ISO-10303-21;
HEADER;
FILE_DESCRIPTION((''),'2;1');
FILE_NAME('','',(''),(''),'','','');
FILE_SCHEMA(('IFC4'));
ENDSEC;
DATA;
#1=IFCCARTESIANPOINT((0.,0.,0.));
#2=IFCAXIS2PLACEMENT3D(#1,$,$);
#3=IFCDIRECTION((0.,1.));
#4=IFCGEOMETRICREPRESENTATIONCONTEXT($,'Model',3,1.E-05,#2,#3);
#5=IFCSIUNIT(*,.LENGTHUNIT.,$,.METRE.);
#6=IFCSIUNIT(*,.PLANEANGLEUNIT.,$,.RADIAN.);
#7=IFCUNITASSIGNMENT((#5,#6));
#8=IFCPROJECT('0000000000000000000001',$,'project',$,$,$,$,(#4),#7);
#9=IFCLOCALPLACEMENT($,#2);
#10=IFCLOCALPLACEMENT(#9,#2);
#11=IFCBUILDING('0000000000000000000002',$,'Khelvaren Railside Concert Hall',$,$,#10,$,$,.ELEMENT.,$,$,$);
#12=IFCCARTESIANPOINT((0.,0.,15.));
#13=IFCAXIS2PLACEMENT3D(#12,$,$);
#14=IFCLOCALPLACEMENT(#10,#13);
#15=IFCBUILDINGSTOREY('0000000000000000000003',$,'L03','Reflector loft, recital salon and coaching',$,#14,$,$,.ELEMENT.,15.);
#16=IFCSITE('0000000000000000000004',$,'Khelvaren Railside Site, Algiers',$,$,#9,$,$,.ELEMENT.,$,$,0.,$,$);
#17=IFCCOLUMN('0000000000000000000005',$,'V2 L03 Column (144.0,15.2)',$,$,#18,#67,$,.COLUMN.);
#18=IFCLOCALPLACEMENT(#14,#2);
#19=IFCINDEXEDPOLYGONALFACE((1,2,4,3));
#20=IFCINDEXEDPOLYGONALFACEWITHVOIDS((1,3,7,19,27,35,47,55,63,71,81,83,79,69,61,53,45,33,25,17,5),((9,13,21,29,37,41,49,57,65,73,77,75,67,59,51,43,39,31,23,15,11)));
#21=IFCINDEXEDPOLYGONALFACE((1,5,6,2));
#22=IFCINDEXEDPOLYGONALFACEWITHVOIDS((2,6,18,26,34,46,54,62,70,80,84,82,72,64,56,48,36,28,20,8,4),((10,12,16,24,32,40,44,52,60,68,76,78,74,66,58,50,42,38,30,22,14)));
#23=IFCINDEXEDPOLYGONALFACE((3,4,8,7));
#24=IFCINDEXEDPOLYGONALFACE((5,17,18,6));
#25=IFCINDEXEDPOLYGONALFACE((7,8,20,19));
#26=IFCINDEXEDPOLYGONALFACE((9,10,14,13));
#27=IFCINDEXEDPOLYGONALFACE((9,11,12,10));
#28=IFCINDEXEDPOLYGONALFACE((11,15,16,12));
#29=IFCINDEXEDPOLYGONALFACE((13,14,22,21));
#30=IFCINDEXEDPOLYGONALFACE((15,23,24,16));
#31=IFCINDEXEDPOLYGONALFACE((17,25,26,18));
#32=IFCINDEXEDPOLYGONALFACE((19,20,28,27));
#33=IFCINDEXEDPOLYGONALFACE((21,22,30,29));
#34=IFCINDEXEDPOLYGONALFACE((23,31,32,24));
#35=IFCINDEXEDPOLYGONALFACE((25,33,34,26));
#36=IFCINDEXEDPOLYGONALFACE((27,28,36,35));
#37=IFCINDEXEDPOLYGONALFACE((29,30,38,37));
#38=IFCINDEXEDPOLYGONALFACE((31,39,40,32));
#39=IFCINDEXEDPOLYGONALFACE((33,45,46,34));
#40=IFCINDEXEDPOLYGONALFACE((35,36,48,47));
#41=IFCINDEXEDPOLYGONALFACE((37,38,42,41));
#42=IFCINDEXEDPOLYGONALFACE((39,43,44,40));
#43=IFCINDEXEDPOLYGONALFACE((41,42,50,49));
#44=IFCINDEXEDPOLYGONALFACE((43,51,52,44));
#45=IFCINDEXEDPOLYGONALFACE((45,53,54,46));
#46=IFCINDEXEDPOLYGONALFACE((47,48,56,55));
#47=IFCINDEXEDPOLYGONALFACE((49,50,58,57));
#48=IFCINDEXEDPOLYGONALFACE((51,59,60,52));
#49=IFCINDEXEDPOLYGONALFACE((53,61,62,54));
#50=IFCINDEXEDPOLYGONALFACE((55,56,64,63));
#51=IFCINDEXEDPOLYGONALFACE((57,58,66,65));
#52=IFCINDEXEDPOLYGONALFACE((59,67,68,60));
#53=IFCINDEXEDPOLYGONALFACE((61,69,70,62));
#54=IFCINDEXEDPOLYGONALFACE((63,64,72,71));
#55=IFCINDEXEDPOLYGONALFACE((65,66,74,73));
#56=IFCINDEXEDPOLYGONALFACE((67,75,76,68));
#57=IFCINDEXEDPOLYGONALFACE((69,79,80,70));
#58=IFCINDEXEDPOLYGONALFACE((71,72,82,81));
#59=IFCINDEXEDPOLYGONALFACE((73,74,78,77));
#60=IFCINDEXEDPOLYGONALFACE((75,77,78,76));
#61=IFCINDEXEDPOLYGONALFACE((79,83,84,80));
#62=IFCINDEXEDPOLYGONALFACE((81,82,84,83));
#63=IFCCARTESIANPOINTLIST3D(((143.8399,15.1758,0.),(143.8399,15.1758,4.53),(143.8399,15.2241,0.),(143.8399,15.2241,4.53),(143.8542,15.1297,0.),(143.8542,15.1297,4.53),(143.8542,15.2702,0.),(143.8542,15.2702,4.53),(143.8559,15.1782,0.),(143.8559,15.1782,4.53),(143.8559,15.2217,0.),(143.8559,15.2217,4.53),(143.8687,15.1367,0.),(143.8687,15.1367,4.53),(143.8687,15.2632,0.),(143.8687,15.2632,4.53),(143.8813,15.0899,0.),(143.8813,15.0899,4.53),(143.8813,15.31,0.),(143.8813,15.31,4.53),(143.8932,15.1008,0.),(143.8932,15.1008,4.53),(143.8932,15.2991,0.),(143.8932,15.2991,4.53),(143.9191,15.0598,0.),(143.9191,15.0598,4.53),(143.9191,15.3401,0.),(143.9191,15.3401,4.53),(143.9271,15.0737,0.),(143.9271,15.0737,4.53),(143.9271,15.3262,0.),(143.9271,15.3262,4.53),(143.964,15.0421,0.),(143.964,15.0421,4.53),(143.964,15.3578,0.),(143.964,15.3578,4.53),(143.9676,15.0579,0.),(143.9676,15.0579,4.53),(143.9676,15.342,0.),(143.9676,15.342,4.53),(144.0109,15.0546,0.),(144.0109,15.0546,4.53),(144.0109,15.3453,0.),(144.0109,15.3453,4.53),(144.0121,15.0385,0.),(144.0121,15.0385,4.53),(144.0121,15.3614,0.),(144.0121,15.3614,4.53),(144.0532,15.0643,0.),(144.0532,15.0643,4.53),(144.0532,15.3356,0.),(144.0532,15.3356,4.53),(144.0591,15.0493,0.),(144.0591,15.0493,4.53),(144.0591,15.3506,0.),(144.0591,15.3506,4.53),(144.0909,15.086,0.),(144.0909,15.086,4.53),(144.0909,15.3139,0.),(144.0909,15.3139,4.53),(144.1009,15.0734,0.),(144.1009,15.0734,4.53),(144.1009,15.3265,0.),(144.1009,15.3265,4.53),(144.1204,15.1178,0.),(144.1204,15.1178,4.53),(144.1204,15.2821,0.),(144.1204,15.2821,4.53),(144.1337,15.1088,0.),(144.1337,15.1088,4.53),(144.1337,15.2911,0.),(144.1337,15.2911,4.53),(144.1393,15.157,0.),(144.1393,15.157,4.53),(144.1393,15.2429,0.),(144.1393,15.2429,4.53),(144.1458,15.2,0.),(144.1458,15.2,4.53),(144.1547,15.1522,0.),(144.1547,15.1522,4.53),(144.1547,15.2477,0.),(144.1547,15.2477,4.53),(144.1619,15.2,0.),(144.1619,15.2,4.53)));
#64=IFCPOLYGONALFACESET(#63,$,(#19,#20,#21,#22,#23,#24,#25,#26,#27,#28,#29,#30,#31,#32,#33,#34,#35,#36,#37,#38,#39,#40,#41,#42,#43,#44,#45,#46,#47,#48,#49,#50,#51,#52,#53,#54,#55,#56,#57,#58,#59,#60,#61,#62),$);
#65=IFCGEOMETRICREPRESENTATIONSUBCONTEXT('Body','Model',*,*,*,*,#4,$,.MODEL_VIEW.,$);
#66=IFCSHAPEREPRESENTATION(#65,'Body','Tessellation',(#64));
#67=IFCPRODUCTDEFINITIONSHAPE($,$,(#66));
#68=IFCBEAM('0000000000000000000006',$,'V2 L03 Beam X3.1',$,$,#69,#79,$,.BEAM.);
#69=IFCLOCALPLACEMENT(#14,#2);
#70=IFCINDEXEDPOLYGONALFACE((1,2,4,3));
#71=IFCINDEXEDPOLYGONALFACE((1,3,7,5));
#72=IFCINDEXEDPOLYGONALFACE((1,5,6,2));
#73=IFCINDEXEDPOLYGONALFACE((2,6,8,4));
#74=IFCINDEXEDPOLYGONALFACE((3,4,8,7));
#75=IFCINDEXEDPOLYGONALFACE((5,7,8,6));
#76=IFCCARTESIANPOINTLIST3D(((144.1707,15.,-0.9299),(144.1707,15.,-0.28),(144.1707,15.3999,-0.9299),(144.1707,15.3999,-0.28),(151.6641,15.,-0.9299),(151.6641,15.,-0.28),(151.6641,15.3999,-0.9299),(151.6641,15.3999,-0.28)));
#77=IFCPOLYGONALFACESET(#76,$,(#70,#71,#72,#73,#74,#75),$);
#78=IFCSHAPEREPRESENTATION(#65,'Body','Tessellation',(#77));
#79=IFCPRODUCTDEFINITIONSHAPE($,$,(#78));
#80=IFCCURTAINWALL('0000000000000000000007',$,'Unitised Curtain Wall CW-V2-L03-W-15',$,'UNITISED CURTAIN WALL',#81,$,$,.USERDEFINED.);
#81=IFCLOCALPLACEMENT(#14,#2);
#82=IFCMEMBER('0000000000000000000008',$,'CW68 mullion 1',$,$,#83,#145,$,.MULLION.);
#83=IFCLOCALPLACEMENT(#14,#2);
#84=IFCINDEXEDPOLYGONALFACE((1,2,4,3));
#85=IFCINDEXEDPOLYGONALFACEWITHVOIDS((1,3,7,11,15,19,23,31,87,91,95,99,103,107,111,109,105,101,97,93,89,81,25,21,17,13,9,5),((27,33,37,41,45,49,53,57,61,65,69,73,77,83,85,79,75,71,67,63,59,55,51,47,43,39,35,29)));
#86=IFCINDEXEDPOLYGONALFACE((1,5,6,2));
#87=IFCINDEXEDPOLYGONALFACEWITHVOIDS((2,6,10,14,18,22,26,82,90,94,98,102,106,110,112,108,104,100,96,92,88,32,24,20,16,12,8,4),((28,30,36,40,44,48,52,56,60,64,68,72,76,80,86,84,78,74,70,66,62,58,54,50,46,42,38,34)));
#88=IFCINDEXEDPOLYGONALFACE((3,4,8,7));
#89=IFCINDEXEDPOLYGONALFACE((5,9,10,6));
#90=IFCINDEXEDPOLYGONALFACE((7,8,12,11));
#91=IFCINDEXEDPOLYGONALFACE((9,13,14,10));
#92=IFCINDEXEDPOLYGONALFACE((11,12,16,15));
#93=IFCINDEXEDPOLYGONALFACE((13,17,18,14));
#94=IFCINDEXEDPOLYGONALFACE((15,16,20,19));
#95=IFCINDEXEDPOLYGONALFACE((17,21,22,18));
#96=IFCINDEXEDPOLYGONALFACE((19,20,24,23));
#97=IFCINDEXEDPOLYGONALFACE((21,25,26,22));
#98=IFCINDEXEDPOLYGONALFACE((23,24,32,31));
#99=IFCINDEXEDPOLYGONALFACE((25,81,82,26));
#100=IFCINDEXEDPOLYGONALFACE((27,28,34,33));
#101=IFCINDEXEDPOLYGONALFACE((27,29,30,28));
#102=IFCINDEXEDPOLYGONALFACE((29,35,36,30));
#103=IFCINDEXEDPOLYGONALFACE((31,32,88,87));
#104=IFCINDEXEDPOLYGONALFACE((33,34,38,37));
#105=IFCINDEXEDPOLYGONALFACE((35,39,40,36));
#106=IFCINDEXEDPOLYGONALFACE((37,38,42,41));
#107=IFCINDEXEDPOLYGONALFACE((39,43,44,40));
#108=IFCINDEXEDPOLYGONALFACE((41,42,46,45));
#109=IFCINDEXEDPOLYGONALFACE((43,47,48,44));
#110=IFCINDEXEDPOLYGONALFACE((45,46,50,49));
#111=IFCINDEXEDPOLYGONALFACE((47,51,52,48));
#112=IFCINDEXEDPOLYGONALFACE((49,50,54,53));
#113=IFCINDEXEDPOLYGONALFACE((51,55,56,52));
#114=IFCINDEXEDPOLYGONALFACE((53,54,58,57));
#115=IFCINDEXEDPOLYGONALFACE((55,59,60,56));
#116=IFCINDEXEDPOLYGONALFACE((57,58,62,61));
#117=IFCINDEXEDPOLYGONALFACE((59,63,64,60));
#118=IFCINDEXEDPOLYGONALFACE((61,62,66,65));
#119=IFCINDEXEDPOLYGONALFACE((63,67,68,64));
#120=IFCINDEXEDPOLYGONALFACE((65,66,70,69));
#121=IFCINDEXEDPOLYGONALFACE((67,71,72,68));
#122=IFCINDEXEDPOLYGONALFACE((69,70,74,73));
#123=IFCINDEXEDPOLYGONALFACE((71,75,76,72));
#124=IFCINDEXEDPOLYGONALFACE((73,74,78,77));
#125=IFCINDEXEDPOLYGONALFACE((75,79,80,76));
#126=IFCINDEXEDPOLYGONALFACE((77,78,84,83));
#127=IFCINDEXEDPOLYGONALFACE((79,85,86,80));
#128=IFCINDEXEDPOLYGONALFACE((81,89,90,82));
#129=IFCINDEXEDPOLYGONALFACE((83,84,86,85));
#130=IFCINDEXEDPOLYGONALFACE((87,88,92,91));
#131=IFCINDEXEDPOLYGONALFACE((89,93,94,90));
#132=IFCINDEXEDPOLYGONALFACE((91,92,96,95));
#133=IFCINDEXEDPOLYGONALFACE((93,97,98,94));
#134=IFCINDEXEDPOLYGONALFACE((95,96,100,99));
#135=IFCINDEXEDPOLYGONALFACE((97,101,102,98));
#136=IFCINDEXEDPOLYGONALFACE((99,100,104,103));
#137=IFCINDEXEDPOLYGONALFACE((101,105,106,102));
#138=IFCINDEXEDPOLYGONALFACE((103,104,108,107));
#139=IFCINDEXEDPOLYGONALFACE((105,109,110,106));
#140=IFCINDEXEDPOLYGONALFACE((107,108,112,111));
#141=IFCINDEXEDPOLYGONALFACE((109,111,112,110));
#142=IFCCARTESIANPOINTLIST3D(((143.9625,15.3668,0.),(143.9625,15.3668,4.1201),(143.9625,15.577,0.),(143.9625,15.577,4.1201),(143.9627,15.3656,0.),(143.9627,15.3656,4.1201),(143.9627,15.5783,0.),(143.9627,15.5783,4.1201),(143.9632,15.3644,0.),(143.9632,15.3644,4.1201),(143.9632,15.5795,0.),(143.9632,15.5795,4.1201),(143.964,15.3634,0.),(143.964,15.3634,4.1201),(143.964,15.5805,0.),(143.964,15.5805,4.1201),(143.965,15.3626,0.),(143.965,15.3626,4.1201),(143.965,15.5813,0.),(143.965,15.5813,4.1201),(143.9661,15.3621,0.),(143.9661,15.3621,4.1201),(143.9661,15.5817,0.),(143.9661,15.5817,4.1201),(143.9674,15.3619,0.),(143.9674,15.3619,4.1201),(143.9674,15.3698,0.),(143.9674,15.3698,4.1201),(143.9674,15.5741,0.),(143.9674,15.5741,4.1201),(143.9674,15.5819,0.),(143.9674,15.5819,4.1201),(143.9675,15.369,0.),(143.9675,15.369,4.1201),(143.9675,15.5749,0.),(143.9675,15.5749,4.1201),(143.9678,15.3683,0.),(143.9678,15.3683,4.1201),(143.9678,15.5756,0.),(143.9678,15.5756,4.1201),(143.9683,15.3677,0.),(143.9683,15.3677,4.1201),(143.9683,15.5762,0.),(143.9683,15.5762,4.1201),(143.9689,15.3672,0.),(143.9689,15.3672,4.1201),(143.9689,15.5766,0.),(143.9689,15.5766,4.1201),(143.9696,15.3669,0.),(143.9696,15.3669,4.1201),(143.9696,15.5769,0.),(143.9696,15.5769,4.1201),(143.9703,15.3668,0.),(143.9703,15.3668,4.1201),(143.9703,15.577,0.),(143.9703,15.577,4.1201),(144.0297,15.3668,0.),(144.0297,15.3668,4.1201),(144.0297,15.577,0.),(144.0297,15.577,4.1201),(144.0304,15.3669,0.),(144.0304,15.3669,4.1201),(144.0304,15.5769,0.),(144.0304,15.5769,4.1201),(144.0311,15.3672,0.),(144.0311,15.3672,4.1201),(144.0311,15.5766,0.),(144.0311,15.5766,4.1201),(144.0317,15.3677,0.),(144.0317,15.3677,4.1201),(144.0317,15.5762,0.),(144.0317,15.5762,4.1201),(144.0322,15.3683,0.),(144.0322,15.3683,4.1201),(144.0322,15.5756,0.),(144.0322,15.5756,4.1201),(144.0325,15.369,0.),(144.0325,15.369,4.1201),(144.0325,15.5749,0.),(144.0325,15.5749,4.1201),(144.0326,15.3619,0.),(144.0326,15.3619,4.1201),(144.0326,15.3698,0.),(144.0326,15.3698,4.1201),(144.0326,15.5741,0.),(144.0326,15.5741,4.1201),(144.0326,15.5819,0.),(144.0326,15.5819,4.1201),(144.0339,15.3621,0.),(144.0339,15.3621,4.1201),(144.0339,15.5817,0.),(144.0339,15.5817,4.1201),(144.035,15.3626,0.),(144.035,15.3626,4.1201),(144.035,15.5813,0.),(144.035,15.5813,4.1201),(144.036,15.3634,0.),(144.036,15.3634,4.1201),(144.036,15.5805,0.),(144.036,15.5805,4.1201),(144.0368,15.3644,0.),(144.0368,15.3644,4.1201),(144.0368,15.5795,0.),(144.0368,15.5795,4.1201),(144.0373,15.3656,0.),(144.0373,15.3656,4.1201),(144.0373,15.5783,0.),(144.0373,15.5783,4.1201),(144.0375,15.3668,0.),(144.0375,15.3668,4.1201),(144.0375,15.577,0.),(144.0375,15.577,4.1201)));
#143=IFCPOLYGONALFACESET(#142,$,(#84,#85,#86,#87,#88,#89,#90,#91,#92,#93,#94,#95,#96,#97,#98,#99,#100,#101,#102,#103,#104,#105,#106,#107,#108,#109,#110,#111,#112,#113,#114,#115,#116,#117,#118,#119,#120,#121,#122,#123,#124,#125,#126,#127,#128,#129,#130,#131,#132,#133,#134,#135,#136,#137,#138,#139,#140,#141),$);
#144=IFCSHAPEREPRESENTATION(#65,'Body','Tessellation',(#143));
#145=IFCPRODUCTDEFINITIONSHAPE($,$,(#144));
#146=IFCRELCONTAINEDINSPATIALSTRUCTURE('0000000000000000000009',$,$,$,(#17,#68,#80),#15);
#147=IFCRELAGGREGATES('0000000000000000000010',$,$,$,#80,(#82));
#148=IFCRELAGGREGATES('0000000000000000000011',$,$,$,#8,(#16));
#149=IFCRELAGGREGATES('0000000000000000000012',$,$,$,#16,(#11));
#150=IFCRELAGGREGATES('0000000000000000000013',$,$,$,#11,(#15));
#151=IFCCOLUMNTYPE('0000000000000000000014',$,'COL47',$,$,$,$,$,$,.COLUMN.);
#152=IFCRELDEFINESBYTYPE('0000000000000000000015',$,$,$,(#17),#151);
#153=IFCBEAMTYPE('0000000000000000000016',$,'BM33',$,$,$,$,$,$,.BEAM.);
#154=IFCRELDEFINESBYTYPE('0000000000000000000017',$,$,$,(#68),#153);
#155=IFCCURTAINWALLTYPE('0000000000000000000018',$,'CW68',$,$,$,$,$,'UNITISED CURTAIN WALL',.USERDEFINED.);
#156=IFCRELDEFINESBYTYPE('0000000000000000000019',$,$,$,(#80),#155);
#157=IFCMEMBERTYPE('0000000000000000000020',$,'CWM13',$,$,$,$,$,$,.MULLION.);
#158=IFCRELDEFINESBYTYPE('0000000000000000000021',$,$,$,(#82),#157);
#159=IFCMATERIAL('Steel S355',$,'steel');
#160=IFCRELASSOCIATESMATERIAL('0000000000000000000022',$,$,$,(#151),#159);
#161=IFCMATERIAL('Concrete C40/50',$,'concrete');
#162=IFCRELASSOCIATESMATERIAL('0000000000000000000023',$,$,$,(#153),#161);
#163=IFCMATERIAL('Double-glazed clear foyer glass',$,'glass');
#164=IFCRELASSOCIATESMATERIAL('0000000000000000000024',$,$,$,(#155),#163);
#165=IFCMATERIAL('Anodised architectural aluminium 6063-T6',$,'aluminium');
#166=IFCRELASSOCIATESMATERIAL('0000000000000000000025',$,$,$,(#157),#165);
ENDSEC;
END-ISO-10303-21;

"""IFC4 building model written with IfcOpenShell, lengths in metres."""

from ifc_helpers import new_model, si_unit, direction, frame, origin, origin_2d, place, context, subcontext, project, spatial, rectangle, hollow_rectangle, hollow_circle, extrude, material, material_profile, profile_set, type_object, element, aggregate, save


model = new_model("IFC4")

# Units and contexts
model_context = context("Model", 3, precision=1e-05, world=origin(), true_north=direction((0.0, 1.0)))
body_context = subcontext(model_context, "Body", "Model", "MODEL_VIEW")
ifc_project = project(units=[si_unit("LENGTHUNIT", "METRE"), si_unit("PLANEANGLEUNIT", "RADIAN")], contexts=[model_context])

# Site, building, storey
site_placement = place(None, origin())
site = spatial("IfcSite", under=ifc_project, at=site_placement, Name="Khelvaren Railside Site, Algiers", CompositionType="ELEMENT", RefElevation=0.0)
building_placement = place(site_placement, origin())
building = spatial("IfcBuilding", under=site, at=building_placement, Name="Khelvaren Railside Concert Hall", CompositionType="ELEMENT")
storey_placement = place(building_placement, frame((0.0, 0.0, 15.0)))
storey = spatial("IfcBuildingStorey", under=building, at=storey_placement, Name="L03", Description="Reflector loft, recital salon and coaching", CompositionType="ELEMENT", Elevation=15.0)

# Column
ifc_material_1 = material(Name="Steel S355", Category="steel")
ifc_material_profile_1 = material_profile(ifc_material_1, hollow_circle(Radius=0.1619, WallThickness=0.0161, at=origin_2d()), Name="CHS 323.9x16")
ifc_profile_set_1 = profile_set([ifc_material_profile_1], Name="Steel S355")
column_type = type_object("IfcColumnType", Name="COL47", PredefinedType="COLUMN", material=ifc_profile_set_1)
column_placement = place(storey_placement, frame((144.0, 15.2, 0.0), z_axis=(0.0, 0.0, 1.0), x_axis=(1.0, 0.0, 0.0)))
element("IfcColumn", 1, at=column_placement, inside=storey, type_object=column_type, Name="V2 L03 Column (144.0,15.2)", PredefinedType="COLUMN", context=body_context, shape_type="SweptSolid", body=[
    extrude(hollow_circle(Radius=0.1619, WallThickness=0.0161, at=origin_2d()), origin(), (0.0, 0.0, 1.0), 4.53),
])

# Beam
ifc_material_2 = material(Name="Concrete C40/50", Category="concrete")
ifc_material_profile_2 = material_profile(ifc_material_2, rectangle(XDim=0.3999, YDim=0.6499, at=origin_2d()), Name="RCB 400x650")
ifc_profile_set_2 = profile_set([ifc_material_profile_2], Name="Concrete C40/50")
beam_type_1 = type_object("IfcBeamType", Name="BM33", PredefinedType="BEAM", material=ifc_profile_set_2)
beam_1_placement = place(storey_placement, frame((144.1707, 15.2, -0.605), z_axis=(1.0, 0.0, 0.0), x_axis=(0.0, 1.0, 0.0)))
element("IfcBeam", 2, at=beam_1_placement, inside=storey, type_object=beam_type_1, Name="V2 L03 Beam X3.1", PredefinedType="BEAM", context=body_context, shape_type="SweptSolid", body=[
    extrude(rectangle(XDim=0.3999, YDim=0.6499, at=origin_2d()), origin(), (0.0, 0.0, 1.0), 7.4934),
])

# Curtain wall, member
ifc_material_3 = material(Name="Double-glazed clear foyer glass", Category="glass")
curtain_wall_type_1 = type_object("IfcCurtainWallType", Name="CW68", ElementType="UNITISED CURTAIN WALL", PredefinedType="USERDEFINED", material=ifc_material_3)
curtain_wall_1_placement = place(storey_placement, origin())
curtain_wall_1 = element("IfcCurtainWall", 3, at=curtain_wall_1_placement, inside=storey, type_object=curtain_wall_type_1, Name="Unitised Curtain Wall CW-V2-L03-W-15", ObjectType="UNITISED CURTAIN WALL", PredefinedType="USERDEFINED")
ifc_material_4 = material(Name="Anodised architectural aluminium 6063-T6", Category="aluminium")
ifc_material_profile_3 = material_profile(ifc_material_4, hollow_rectangle(XDim=0.075, YDim=0.22, WallThickness=0.0049, InnerFilletRadius=0.0029, OuterFilletRadius=0.0049, at=origin_2d()), Name="CWM 75x220x5")
ifc_profile_set_3 = profile_set([ifc_material_profile_3], Name="Anodised architectural aluminium 6063-T6")
member_type_1 = type_object("IfcMemberType", Name="CWM13", PredefinedType="MULLION", material=ifc_profile_set_3)
member_1_placement = place(storey_placement, frame((144.0, 15.4719, 0.0), z_axis=(0.0, 0.0, 1.0), x_axis=(-1.0, 0.0, 0.0)))
member_1 = element("IfcMember", 4, at=member_1_placement, type_object=member_type_1, Name="CW68 mullion 1", PredefinedType="MULLION", context=body_context, shape_type="SweptSolid", body=[
    extrude(hollow_rectangle(XDim=0.075, YDim=0.22, WallThickness=0.0049, InnerFilletRadius=0.0029, OuterFilletRadius=0.0049, at=origin_2d()), origin(), (0.0, 0.0, 1.0), 4.1201),
])
aggregate(curtain_wall_1, [member_1])

save(model, "model.ifc")
